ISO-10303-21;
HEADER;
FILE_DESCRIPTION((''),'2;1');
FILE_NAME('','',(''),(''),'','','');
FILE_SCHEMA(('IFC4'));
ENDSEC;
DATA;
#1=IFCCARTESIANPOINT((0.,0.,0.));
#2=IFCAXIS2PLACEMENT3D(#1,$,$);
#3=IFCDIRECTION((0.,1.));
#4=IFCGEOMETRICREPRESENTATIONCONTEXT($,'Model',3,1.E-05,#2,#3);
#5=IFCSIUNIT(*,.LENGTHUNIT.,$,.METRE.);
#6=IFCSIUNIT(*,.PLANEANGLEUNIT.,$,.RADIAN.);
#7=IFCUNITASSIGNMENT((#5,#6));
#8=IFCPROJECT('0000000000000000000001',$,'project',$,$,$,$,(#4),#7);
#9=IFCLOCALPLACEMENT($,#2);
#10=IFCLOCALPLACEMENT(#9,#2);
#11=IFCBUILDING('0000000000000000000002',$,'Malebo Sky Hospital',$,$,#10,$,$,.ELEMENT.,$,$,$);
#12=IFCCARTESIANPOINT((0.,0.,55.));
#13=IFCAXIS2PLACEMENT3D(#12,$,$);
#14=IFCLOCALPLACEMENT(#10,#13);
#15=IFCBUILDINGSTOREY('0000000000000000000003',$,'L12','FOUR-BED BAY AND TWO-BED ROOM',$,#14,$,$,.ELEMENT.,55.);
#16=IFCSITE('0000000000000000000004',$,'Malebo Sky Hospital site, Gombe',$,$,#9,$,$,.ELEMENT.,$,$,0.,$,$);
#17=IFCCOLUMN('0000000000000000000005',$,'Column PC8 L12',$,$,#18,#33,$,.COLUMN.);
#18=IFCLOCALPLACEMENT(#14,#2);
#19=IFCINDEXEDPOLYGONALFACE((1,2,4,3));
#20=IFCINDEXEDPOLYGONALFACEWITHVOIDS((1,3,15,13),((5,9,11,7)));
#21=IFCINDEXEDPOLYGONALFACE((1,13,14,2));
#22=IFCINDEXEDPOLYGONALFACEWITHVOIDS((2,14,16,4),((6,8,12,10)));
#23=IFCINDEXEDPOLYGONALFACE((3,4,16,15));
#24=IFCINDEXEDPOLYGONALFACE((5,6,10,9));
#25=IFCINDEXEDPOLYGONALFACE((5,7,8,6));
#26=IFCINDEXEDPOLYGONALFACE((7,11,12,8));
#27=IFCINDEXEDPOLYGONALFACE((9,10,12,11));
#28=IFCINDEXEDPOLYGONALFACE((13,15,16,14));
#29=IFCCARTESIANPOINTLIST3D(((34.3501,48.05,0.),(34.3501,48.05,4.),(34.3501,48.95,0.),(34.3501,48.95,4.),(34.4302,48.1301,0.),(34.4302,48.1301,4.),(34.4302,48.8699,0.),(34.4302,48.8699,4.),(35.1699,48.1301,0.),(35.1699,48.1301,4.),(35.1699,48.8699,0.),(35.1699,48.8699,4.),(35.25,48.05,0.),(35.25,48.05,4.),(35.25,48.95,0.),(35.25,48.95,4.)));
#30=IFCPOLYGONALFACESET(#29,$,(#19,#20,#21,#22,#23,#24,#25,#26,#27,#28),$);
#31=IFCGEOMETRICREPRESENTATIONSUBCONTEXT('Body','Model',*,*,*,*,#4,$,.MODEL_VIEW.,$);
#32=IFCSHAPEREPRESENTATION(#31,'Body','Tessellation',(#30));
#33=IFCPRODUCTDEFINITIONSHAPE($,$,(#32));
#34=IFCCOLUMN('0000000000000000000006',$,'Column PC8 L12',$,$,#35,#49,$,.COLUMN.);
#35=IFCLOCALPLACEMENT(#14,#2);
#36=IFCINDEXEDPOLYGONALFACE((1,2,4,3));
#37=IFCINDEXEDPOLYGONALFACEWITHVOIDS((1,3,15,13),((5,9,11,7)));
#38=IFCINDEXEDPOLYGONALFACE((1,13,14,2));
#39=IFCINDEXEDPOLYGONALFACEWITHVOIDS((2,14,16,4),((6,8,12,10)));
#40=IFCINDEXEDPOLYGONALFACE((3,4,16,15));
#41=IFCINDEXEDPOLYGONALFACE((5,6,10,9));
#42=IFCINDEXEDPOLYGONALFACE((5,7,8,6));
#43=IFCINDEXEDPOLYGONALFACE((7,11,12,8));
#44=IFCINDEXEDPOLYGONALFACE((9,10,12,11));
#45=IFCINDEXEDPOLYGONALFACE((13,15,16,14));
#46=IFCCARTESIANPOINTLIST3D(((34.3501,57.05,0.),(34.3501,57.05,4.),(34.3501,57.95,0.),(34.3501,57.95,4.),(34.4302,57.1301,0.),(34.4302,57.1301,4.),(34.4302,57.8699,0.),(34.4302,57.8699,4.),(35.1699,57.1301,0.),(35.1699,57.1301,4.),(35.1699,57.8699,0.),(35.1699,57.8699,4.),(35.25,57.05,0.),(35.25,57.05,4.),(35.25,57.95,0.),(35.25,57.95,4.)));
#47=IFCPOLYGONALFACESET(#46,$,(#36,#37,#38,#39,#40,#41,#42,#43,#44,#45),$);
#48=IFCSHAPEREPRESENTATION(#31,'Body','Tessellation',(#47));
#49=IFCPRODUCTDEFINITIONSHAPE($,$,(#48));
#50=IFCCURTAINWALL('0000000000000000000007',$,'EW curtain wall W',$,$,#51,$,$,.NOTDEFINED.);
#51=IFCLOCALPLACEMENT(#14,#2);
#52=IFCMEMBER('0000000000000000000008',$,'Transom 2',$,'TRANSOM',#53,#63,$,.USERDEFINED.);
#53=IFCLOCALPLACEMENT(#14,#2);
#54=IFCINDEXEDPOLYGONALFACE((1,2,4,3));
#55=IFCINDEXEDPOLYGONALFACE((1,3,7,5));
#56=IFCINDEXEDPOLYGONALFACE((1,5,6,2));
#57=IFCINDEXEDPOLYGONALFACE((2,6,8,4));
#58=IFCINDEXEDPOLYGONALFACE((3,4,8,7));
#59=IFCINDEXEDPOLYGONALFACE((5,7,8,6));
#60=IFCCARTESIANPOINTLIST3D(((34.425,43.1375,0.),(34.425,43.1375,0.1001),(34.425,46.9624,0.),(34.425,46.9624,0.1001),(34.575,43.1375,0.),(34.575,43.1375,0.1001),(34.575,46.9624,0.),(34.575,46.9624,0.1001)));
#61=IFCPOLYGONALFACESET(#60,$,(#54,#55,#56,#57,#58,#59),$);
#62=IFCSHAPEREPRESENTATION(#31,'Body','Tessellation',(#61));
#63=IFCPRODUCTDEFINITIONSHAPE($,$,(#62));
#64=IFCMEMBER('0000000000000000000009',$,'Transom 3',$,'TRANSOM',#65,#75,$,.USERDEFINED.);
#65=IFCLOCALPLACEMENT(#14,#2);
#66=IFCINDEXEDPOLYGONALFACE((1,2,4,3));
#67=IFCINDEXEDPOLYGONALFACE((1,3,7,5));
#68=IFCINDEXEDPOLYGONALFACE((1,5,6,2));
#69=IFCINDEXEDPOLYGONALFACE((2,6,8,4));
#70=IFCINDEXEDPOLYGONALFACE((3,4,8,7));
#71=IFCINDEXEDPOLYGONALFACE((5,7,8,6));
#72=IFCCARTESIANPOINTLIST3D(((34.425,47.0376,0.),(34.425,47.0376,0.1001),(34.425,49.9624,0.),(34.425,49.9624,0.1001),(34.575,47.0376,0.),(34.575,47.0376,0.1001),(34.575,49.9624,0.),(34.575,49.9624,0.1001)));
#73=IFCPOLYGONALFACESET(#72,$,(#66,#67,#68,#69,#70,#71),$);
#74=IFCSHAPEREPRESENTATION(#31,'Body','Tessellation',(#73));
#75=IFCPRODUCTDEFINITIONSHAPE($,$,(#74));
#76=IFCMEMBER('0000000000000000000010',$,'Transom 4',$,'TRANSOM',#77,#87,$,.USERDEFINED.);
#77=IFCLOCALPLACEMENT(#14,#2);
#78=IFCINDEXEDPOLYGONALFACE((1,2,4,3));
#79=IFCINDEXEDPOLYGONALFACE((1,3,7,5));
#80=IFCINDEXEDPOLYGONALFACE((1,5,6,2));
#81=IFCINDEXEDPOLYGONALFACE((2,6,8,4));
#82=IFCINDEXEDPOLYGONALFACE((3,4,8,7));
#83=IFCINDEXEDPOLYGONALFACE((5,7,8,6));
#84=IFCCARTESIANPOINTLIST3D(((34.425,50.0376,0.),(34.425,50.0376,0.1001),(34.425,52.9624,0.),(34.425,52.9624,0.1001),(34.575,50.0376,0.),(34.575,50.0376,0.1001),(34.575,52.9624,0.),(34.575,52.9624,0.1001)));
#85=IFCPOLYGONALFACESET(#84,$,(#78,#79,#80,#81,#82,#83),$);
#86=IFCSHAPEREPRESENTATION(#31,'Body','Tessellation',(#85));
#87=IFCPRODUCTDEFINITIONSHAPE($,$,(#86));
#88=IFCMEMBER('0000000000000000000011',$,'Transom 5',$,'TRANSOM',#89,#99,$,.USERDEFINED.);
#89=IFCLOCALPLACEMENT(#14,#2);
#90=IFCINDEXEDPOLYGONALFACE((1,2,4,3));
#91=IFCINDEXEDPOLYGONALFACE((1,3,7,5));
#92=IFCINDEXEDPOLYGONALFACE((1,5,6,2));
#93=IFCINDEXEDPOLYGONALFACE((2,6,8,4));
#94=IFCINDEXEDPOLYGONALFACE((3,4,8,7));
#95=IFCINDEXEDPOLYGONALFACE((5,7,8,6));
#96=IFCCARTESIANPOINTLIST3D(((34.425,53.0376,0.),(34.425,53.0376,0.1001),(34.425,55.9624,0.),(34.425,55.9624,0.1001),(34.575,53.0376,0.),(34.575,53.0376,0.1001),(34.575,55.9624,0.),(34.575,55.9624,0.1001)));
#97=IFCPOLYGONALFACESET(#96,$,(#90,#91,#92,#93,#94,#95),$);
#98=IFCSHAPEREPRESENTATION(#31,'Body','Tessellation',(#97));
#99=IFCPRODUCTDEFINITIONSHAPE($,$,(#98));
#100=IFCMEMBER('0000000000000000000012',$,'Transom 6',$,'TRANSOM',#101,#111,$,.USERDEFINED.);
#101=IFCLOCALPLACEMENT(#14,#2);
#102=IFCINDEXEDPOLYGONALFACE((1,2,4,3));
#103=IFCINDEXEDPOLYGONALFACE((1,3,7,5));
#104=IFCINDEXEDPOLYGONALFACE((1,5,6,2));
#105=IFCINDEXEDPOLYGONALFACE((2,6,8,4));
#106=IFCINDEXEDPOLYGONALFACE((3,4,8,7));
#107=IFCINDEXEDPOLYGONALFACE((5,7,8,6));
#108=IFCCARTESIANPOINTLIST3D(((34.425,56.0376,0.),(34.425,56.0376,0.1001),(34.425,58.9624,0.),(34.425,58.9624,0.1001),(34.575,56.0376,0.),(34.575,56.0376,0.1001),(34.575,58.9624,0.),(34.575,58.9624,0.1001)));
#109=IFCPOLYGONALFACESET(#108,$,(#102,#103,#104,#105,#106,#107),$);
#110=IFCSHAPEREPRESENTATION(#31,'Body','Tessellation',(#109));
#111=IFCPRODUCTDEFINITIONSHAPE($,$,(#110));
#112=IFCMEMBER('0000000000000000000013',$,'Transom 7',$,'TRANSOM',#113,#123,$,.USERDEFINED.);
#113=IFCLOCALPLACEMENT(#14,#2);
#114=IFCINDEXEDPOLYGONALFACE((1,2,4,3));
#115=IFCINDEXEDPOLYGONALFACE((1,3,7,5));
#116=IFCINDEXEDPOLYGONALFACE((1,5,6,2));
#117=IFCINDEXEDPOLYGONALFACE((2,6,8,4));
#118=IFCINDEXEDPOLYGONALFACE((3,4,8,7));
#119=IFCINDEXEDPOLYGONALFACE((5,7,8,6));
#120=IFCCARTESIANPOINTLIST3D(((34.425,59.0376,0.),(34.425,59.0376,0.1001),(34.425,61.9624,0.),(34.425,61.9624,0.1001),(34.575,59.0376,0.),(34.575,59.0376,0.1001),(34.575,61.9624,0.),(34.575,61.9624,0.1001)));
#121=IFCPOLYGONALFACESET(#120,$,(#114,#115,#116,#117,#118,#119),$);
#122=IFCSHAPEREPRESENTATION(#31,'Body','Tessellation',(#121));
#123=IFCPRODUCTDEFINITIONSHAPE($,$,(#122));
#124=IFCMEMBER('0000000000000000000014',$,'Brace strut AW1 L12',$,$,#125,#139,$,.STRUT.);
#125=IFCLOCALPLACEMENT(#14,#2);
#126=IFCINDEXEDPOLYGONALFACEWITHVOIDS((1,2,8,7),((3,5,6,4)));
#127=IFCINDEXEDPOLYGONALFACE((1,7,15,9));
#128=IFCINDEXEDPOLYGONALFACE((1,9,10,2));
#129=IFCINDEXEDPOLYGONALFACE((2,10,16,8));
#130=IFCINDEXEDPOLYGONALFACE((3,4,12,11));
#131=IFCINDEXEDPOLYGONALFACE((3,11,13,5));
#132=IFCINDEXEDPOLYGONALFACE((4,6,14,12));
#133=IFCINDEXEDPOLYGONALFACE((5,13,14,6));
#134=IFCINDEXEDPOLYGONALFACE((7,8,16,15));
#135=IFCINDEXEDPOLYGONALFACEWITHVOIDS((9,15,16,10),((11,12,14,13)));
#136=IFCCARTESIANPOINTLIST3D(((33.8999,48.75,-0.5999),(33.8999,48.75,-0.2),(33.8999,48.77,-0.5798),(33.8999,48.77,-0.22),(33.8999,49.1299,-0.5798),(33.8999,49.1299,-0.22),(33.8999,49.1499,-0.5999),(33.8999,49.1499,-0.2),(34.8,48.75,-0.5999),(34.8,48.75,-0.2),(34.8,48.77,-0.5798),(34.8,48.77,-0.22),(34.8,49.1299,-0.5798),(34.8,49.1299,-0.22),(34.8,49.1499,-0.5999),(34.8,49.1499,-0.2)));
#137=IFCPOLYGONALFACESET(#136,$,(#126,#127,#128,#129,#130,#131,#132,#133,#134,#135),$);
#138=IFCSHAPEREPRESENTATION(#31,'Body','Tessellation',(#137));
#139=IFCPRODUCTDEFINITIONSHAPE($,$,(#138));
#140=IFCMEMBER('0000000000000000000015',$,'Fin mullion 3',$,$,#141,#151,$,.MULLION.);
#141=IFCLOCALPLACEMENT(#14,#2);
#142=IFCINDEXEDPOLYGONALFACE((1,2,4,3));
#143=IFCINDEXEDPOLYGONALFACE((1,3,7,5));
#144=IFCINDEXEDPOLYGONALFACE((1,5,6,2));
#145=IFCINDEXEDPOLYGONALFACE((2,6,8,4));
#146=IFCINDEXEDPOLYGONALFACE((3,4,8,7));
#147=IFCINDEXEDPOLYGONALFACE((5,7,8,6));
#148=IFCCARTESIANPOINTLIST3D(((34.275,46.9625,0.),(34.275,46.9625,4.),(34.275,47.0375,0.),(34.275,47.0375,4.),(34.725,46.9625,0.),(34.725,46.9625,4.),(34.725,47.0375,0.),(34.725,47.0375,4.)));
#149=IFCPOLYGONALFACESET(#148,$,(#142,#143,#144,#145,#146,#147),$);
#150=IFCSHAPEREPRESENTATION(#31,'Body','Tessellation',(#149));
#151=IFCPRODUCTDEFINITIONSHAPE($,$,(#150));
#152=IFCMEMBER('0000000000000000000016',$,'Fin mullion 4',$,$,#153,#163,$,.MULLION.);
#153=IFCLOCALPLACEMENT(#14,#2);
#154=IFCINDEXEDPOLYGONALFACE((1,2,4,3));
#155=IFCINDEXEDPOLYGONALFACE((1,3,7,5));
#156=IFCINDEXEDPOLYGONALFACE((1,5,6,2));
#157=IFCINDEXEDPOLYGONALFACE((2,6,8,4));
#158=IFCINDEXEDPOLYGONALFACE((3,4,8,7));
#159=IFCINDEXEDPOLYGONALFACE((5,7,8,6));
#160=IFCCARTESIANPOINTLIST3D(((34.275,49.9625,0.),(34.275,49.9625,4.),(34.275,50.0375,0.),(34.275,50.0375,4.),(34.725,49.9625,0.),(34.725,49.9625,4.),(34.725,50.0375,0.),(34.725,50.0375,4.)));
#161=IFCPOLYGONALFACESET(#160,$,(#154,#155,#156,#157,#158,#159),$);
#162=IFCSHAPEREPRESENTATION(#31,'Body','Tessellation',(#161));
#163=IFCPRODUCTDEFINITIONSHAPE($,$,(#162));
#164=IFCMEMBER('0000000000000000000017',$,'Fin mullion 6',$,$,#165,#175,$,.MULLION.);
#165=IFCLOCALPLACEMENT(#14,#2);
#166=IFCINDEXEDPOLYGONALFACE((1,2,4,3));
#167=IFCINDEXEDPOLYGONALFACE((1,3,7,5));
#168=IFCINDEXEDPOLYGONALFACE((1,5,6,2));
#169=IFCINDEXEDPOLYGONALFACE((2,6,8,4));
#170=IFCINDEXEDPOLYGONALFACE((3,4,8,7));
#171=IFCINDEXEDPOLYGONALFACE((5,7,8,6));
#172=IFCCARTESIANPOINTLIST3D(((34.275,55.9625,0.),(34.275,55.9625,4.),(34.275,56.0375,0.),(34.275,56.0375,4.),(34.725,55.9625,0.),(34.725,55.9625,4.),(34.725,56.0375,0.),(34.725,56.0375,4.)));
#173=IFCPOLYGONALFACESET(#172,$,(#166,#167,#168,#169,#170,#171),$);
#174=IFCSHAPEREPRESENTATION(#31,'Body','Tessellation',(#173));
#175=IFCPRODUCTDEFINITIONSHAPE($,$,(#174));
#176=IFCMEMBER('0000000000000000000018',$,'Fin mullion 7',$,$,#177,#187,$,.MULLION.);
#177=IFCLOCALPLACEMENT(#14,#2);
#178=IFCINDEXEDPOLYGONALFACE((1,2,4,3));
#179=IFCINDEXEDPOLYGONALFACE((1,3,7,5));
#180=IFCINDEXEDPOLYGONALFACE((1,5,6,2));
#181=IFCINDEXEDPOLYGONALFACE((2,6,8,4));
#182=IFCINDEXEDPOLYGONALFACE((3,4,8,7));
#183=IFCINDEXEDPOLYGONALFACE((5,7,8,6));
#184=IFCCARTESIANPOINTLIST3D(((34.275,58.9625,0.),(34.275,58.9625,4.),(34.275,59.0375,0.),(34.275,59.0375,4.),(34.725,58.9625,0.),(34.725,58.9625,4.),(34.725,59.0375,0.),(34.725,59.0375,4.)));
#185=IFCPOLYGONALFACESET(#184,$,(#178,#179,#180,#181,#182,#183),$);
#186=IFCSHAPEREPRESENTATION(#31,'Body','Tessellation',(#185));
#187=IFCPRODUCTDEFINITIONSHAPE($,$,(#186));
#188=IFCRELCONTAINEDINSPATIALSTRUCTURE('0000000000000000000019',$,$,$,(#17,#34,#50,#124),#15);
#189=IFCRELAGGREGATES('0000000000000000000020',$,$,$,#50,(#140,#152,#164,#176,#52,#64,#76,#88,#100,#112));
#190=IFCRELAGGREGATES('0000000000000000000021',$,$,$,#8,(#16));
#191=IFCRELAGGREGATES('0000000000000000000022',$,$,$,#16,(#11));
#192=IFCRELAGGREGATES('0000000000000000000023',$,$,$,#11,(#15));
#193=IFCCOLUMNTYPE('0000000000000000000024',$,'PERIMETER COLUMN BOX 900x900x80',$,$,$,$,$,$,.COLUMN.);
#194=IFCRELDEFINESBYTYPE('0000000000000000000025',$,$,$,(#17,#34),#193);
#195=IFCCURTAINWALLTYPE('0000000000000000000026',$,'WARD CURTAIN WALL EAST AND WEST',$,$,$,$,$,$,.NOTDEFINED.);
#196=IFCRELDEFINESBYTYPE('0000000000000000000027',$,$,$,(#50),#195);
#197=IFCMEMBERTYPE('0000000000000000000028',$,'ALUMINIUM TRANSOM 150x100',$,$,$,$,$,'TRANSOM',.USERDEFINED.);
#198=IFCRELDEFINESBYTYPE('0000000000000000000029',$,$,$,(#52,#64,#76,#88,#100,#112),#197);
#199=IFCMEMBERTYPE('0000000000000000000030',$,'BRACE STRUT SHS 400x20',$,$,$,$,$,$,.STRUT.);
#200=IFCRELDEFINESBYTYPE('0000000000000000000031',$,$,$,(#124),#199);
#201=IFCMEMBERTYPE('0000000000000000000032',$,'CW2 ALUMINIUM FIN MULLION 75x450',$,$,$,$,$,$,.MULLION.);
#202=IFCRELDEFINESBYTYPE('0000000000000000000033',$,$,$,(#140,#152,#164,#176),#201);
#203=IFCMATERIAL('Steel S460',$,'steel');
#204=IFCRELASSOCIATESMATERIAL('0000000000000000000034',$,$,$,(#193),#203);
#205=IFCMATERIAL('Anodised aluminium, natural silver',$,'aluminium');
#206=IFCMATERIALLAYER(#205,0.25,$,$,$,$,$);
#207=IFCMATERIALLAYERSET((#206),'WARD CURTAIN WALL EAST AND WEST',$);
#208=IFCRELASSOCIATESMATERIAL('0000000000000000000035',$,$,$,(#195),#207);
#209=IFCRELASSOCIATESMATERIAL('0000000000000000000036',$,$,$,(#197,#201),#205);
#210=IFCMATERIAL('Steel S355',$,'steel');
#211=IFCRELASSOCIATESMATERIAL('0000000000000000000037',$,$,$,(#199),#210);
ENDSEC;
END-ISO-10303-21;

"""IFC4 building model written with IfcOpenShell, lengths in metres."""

from ifc_helpers import new_model, si_unit, direction, frame, origin, origin_2d, place, context, subcontext, project, spatial, rectangle, hollow_rectangle, extrude, material, layer, layer_set, material_profile, profile_set, type_object, element, aggregate, save


model = new_model("IFC4")

# Units and contexts
model_context = context("Model", 3, precision=1e-05, world=origin(), true_north=direction((0.0, 1.0)))
body_context = subcontext(model_context, "Body", "Model", "MODEL_VIEW")
ifc_project = project(units=[si_unit("LENGTHUNIT", "METRE"), si_unit("PLANEANGLEUNIT", "RADIAN")], contexts=[model_context])

# Site, building, storey
site_placement = place(None, origin())
site = spatial("IfcSite", under=ifc_project, at=site_placement, Name="Malebo Sky Hospital site, Gombe", CompositionType="ELEMENT", RefElevation=0.0)
building_placement = place(site_placement, origin())
building = spatial("IfcBuilding", under=site, at=building_placement, Name="Malebo Sky Hospital", CompositionType="ELEMENT")
storey_placement = place(building_placement, frame((0.0, 0.0, 55.0)))
storey = spatial("IfcBuildingStorey", under=building, at=storey_placement, Name="L12", Description="FOUR-BED BAY AND TWO-BED ROOM", CompositionType="ELEMENT", Elevation=55.0)

# Columns
ifc_material_1 = material(Name="Steel S460", Category="steel")
ifc_material_profile_1 = material_profile(ifc_material_1, hollow_rectangle(XDim=0.8999, YDim=0.8999, WallThickness=0.0801, at=origin_2d()), Name="BOX 900x900x80")
ifc_profile_set_1 = profile_set([ifc_material_profile_1], Name="Steel S460")
column_type = type_object("IfcColumnType", Name="PERIMETER COLUMN BOX 900x900x80", PredefinedType="COLUMN", material=ifc_profile_set_1)
for number, where, z_axis, x_axis, name in (
    (1, (34.8, 48.5, 0.0), (0.0, 0.0, 1.0), (1.0, 0.0, 0.0), "Column PC8 L12"),
    (2, (34.8, 57.5, 0.0), (0.0, 0.0, 1.0), (1.0, 0.0, 0.0), "Column PC8 L12"),
):
    element("IfcColumn", number, at=place(storey_placement, frame(where, z_axis=z_axis, x_axis=x_axis)), inside=storey, type_object=column_type, Name=name, PredefinedType="COLUMN", context=body_context, shape_type="SweptSolid", body=[
        extrude(hollow_rectangle(XDim=0.8999, YDim=0.8999, WallThickness=0.0801, at=origin_2d()), origin(), (0.0, 0.0, 1.0), 4.0),
    ])

# Curtain wall, members
ifc_material_2 = material(Name="Anodised aluminium, natural silver", Category="aluminium")
ifc_layer_1 = layer(ifc_material_2, 0.25)
ifc_layer_set_1 = layer_set([ifc_layer_1], Name="WARD CURTAIN WALL EAST AND WEST")
curtain_wall_type = type_object("IfcCurtainWallType", Name="WARD CURTAIN WALL EAST AND WEST", PredefinedType="NOTDEFINED", material=ifc_layer_set_1)
curtain_wall_placement = place(storey_placement, origin())
curtain_wall = element("IfcCurtainWall", 3, at=curtain_wall_placement, inside=storey, type_object=curtain_wall_type, Name="EW curtain wall W", PredefinedType="NOTDEFINED")
ifc_material_profile_2 = material_profile(ifc_material_2, rectangle(XDim=0.1499, YDim=0.1001, at=origin_2d()), Name="ALUMINIUM TRANSOM 150x100")
ifc_profile_set_2 = profile_set([ifc_material_profile_2], Name="Anodised aluminium, natural silver")
member_type_1 = type_object("IfcMemberType", Name="ALUMINIUM TRANSOM 150x100", ElementType="TRANSOM", PredefinedType="USERDEFINED", material=ifc_profile_set_2)
member_1_placement = place(storey_placement, frame((34.5, 43.1375, 0.05), z_axis=(0.0, 1.0, 0.0), x_axis=(-1.0, 0.0, 0.0)))
member_1 = element("IfcMember", 4, at=member_1_placement, type_object=member_type_1, Name="Transom 2", ObjectType="TRANSOM", PredefinedType="USERDEFINED", context=body_context, shape_type="SweptSolid", body=[
    extrude(rectangle(XDim=0.1499, YDim=0.1001, at=origin_2d()), origin(), (0.0, 0.0, 1.0), 3.825),
])
member_2_placement = place(storey_placement, frame((34.5, 47.0376, 0.05), z_axis=(0.0, 1.0, 0.0), x_axis=(-1.0, 0.0, 0.0)))
member_2 = element("IfcMember", 5, at=member_2_placement, type_object=member_type_1, Name="Transom 3", ObjectType="TRANSOM", PredefinedType="USERDEFINED", context=body_context, shape_type="SweptSolid", body=[
    extrude(rectangle(XDim=0.1499, YDim=0.1001, at=origin_2d()), origin(), (0.0, 0.0, 1.0), 2.9248),
])
member_3_placement = place(storey_placement, frame((34.5, 50.0376, 0.05), z_axis=(0.0, 1.0, 0.0), x_axis=(-1.0, 0.0, 0.0)))
member_3 = element("IfcMember", 6, at=member_3_placement, type_object=member_type_1, Name="Transom 4", ObjectType="TRANSOM", PredefinedType="USERDEFINED", context=body_context, shape_type="SweptSolid", body=[
    extrude(rectangle(XDim=0.1499, YDim=0.1001, at=origin_2d()), origin(), (0.0, 0.0, 1.0), 2.9248),
])
member_4_placement = place(storey_placement, frame((34.5, 53.0376, 0.05), z_axis=(0.0, 1.0, 0.0), x_axis=(-1.0, 0.0, 0.0)))
member_4 = element("IfcMember", 7, at=member_4_placement, type_object=member_type_1, Name="Transom 5", ObjectType="TRANSOM", PredefinedType="USERDEFINED", context=body_context, shape_type="SweptSolid", body=[
    extrude(rectangle(XDim=0.1499, YDim=0.1001, at=origin_2d()), origin(), (0.0, 0.0, 1.0), 2.9248),
])
member_5_placement = place(storey_placement, frame((34.5, 56.0376, 0.05), z_axis=(0.0, 1.0, 0.0), x_axis=(-1.0, 0.0, 0.0)))
member_5 = element("IfcMember", 8, at=member_5_placement, type_object=member_type_1, Name="Transom 6", ObjectType="TRANSOM", PredefinedType="USERDEFINED", context=body_context, shape_type="SweptSolid", body=[
    extrude(rectangle(XDim=0.1499, YDim=0.1001, at=origin_2d()), origin(), (0.0, 0.0, 1.0), 2.9248),
])
member_6_placement = place(storey_placement, frame((34.5, 59.0376, 0.05), z_axis=(0.0, 1.0, 0.0), x_axis=(-1.0, 0.0, 0.0)))
member_6 = element("IfcMember", 9, at=member_6_placement, type_object=member_type_1, Name="Transom 7", ObjectType="TRANSOM", PredefinedType="USERDEFINED", context=body_context, shape_type="SweptSolid", body=[
    extrude(rectangle(XDim=0.1499, YDim=0.1001, at=origin_2d()), origin(), (0.0, 0.0, 1.0), 2.9248),
])

# Members
ifc_material_3 = material(Name="Steel S355", Category="steel")
ifc_material_profile_3 = material_profile(ifc_material_3, hollow_rectangle(XDim=0.3999, YDim=0.3999, WallThickness=0.02, at=origin_2d()), Name="SHS 400x20")
ifc_profile_set_3 = profile_set([ifc_material_profile_3], Name="Steel S355")
member_type_2 = type_object("IfcMemberType", Name="BRACE STRUT SHS 400x20", PredefinedType="STRUT", material=ifc_profile_set_3)
member_7_placement = place(storey_placement, frame((33.8999, 48.95, -0.3999), z_axis=(1.0, 0.0, 0.0), x_axis=(0.0, 1.0, 0.0)))
element("IfcMember", 10, at=member_7_placement, inside=storey, type_object=member_type_2, Name="Brace strut AW1 L12", PredefinedType="STRUT", context=body_context, shape_type="SweptSolid", body=[
    extrude(hollow_rectangle(XDim=0.3999, YDim=0.3999, WallThickness=0.02, at=origin_2d()), origin(), (0.0, 0.0, 1.0), 0.9001),
])
ifc_material_profile_4 = material_profile(ifc_material_2, rectangle(XDim=0.075, YDim=0.45, at=origin_2d()), Name="CW2 ALUMINIUM FIN MULLION 75x450")
ifc_profile_set_4 = profile_set([ifc_material_profile_4], Name="Anodised aluminium, natural silver")
member_type_3 = type_object("IfcMemberType", Name="CW2 ALUMINIUM FIN MULLION 75x450", PredefinedType="MULLION", material=ifc_profile_set_4)
member_8_placement = place(storey_placement, frame((34.5, 47.0, 0.0), z_axis=(0.0, 0.0, 1.0), x_axis=(0.0, 1.0, 0.0)))
member_8 = element("IfcMember", 11, at=member_8_placement, type_object=member_type_3, Name="Fin mullion 3", PredefinedType="MULLION", context=body_context, shape_type="SweptSolid", body=[
    extrude(rectangle(XDim=0.075, YDim=0.45, at=origin_2d()), origin(), (0.0, 0.0, 1.0), 4.0),
])
member_9_placement = place(storey_placement, frame((34.5, 50.0, 0.0), z_axis=(0.0, 0.0, 1.0), x_axis=(0.0, 1.0, 0.0)))
member_9 = element("IfcMember", 12, at=member_9_placement, type_object=member_type_3, Name="Fin mullion 4", PredefinedType="MULLION", context=body_context, shape_type="SweptSolid", body=[
    extrude(rectangle(XDim=0.075, YDim=0.45, at=origin_2d()), origin(), (0.0, 0.0, 1.0), 4.0),
])
member_10_placement = place(storey_placement, frame((34.5, 56.0, 0.0), z_axis=(0.0, 0.0, 1.0), x_axis=(0.0, 1.0, 0.0)))
member_10 = element("IfcMember", 13, at=member_10_placement, type_object=member_type_3, Name="Fin mullion 6", PredefinedType="MULLION", context=body_context, shape_type="SweptSolid", body=[
    extrude(rectangle(XDim=0.075, YDim=0.45, at=origin_2d()), origin(), (0.0, 0.0, 1.0), 4.0),
])
member_11_placement = place(storey_placement, frame((34.5, 59.0, 0.0), z_axis=(0.0, 0.0, 1.0), x_axis=(0.0, 1.0, 0.0)))
member_11 = element("IfcMember", 14, at=member_11_placement, type_object=member_type_3, Name="Fin mullion 7", PredefinedType="MULLION", context=body_context, shape_type="SweptSolid", body=[
    extrude(rectangle(XDim=0.075, YDim=0.45, at=origin_2d()), origin(), (0.0, 0.0, 1.0), 4.0),
])

aggregate(curtain_wall, [member_8, member_9, member_10, member_11, member_1, member_2, member_3, member_4, member_5, member_6])

save(model, "model.ifc")
